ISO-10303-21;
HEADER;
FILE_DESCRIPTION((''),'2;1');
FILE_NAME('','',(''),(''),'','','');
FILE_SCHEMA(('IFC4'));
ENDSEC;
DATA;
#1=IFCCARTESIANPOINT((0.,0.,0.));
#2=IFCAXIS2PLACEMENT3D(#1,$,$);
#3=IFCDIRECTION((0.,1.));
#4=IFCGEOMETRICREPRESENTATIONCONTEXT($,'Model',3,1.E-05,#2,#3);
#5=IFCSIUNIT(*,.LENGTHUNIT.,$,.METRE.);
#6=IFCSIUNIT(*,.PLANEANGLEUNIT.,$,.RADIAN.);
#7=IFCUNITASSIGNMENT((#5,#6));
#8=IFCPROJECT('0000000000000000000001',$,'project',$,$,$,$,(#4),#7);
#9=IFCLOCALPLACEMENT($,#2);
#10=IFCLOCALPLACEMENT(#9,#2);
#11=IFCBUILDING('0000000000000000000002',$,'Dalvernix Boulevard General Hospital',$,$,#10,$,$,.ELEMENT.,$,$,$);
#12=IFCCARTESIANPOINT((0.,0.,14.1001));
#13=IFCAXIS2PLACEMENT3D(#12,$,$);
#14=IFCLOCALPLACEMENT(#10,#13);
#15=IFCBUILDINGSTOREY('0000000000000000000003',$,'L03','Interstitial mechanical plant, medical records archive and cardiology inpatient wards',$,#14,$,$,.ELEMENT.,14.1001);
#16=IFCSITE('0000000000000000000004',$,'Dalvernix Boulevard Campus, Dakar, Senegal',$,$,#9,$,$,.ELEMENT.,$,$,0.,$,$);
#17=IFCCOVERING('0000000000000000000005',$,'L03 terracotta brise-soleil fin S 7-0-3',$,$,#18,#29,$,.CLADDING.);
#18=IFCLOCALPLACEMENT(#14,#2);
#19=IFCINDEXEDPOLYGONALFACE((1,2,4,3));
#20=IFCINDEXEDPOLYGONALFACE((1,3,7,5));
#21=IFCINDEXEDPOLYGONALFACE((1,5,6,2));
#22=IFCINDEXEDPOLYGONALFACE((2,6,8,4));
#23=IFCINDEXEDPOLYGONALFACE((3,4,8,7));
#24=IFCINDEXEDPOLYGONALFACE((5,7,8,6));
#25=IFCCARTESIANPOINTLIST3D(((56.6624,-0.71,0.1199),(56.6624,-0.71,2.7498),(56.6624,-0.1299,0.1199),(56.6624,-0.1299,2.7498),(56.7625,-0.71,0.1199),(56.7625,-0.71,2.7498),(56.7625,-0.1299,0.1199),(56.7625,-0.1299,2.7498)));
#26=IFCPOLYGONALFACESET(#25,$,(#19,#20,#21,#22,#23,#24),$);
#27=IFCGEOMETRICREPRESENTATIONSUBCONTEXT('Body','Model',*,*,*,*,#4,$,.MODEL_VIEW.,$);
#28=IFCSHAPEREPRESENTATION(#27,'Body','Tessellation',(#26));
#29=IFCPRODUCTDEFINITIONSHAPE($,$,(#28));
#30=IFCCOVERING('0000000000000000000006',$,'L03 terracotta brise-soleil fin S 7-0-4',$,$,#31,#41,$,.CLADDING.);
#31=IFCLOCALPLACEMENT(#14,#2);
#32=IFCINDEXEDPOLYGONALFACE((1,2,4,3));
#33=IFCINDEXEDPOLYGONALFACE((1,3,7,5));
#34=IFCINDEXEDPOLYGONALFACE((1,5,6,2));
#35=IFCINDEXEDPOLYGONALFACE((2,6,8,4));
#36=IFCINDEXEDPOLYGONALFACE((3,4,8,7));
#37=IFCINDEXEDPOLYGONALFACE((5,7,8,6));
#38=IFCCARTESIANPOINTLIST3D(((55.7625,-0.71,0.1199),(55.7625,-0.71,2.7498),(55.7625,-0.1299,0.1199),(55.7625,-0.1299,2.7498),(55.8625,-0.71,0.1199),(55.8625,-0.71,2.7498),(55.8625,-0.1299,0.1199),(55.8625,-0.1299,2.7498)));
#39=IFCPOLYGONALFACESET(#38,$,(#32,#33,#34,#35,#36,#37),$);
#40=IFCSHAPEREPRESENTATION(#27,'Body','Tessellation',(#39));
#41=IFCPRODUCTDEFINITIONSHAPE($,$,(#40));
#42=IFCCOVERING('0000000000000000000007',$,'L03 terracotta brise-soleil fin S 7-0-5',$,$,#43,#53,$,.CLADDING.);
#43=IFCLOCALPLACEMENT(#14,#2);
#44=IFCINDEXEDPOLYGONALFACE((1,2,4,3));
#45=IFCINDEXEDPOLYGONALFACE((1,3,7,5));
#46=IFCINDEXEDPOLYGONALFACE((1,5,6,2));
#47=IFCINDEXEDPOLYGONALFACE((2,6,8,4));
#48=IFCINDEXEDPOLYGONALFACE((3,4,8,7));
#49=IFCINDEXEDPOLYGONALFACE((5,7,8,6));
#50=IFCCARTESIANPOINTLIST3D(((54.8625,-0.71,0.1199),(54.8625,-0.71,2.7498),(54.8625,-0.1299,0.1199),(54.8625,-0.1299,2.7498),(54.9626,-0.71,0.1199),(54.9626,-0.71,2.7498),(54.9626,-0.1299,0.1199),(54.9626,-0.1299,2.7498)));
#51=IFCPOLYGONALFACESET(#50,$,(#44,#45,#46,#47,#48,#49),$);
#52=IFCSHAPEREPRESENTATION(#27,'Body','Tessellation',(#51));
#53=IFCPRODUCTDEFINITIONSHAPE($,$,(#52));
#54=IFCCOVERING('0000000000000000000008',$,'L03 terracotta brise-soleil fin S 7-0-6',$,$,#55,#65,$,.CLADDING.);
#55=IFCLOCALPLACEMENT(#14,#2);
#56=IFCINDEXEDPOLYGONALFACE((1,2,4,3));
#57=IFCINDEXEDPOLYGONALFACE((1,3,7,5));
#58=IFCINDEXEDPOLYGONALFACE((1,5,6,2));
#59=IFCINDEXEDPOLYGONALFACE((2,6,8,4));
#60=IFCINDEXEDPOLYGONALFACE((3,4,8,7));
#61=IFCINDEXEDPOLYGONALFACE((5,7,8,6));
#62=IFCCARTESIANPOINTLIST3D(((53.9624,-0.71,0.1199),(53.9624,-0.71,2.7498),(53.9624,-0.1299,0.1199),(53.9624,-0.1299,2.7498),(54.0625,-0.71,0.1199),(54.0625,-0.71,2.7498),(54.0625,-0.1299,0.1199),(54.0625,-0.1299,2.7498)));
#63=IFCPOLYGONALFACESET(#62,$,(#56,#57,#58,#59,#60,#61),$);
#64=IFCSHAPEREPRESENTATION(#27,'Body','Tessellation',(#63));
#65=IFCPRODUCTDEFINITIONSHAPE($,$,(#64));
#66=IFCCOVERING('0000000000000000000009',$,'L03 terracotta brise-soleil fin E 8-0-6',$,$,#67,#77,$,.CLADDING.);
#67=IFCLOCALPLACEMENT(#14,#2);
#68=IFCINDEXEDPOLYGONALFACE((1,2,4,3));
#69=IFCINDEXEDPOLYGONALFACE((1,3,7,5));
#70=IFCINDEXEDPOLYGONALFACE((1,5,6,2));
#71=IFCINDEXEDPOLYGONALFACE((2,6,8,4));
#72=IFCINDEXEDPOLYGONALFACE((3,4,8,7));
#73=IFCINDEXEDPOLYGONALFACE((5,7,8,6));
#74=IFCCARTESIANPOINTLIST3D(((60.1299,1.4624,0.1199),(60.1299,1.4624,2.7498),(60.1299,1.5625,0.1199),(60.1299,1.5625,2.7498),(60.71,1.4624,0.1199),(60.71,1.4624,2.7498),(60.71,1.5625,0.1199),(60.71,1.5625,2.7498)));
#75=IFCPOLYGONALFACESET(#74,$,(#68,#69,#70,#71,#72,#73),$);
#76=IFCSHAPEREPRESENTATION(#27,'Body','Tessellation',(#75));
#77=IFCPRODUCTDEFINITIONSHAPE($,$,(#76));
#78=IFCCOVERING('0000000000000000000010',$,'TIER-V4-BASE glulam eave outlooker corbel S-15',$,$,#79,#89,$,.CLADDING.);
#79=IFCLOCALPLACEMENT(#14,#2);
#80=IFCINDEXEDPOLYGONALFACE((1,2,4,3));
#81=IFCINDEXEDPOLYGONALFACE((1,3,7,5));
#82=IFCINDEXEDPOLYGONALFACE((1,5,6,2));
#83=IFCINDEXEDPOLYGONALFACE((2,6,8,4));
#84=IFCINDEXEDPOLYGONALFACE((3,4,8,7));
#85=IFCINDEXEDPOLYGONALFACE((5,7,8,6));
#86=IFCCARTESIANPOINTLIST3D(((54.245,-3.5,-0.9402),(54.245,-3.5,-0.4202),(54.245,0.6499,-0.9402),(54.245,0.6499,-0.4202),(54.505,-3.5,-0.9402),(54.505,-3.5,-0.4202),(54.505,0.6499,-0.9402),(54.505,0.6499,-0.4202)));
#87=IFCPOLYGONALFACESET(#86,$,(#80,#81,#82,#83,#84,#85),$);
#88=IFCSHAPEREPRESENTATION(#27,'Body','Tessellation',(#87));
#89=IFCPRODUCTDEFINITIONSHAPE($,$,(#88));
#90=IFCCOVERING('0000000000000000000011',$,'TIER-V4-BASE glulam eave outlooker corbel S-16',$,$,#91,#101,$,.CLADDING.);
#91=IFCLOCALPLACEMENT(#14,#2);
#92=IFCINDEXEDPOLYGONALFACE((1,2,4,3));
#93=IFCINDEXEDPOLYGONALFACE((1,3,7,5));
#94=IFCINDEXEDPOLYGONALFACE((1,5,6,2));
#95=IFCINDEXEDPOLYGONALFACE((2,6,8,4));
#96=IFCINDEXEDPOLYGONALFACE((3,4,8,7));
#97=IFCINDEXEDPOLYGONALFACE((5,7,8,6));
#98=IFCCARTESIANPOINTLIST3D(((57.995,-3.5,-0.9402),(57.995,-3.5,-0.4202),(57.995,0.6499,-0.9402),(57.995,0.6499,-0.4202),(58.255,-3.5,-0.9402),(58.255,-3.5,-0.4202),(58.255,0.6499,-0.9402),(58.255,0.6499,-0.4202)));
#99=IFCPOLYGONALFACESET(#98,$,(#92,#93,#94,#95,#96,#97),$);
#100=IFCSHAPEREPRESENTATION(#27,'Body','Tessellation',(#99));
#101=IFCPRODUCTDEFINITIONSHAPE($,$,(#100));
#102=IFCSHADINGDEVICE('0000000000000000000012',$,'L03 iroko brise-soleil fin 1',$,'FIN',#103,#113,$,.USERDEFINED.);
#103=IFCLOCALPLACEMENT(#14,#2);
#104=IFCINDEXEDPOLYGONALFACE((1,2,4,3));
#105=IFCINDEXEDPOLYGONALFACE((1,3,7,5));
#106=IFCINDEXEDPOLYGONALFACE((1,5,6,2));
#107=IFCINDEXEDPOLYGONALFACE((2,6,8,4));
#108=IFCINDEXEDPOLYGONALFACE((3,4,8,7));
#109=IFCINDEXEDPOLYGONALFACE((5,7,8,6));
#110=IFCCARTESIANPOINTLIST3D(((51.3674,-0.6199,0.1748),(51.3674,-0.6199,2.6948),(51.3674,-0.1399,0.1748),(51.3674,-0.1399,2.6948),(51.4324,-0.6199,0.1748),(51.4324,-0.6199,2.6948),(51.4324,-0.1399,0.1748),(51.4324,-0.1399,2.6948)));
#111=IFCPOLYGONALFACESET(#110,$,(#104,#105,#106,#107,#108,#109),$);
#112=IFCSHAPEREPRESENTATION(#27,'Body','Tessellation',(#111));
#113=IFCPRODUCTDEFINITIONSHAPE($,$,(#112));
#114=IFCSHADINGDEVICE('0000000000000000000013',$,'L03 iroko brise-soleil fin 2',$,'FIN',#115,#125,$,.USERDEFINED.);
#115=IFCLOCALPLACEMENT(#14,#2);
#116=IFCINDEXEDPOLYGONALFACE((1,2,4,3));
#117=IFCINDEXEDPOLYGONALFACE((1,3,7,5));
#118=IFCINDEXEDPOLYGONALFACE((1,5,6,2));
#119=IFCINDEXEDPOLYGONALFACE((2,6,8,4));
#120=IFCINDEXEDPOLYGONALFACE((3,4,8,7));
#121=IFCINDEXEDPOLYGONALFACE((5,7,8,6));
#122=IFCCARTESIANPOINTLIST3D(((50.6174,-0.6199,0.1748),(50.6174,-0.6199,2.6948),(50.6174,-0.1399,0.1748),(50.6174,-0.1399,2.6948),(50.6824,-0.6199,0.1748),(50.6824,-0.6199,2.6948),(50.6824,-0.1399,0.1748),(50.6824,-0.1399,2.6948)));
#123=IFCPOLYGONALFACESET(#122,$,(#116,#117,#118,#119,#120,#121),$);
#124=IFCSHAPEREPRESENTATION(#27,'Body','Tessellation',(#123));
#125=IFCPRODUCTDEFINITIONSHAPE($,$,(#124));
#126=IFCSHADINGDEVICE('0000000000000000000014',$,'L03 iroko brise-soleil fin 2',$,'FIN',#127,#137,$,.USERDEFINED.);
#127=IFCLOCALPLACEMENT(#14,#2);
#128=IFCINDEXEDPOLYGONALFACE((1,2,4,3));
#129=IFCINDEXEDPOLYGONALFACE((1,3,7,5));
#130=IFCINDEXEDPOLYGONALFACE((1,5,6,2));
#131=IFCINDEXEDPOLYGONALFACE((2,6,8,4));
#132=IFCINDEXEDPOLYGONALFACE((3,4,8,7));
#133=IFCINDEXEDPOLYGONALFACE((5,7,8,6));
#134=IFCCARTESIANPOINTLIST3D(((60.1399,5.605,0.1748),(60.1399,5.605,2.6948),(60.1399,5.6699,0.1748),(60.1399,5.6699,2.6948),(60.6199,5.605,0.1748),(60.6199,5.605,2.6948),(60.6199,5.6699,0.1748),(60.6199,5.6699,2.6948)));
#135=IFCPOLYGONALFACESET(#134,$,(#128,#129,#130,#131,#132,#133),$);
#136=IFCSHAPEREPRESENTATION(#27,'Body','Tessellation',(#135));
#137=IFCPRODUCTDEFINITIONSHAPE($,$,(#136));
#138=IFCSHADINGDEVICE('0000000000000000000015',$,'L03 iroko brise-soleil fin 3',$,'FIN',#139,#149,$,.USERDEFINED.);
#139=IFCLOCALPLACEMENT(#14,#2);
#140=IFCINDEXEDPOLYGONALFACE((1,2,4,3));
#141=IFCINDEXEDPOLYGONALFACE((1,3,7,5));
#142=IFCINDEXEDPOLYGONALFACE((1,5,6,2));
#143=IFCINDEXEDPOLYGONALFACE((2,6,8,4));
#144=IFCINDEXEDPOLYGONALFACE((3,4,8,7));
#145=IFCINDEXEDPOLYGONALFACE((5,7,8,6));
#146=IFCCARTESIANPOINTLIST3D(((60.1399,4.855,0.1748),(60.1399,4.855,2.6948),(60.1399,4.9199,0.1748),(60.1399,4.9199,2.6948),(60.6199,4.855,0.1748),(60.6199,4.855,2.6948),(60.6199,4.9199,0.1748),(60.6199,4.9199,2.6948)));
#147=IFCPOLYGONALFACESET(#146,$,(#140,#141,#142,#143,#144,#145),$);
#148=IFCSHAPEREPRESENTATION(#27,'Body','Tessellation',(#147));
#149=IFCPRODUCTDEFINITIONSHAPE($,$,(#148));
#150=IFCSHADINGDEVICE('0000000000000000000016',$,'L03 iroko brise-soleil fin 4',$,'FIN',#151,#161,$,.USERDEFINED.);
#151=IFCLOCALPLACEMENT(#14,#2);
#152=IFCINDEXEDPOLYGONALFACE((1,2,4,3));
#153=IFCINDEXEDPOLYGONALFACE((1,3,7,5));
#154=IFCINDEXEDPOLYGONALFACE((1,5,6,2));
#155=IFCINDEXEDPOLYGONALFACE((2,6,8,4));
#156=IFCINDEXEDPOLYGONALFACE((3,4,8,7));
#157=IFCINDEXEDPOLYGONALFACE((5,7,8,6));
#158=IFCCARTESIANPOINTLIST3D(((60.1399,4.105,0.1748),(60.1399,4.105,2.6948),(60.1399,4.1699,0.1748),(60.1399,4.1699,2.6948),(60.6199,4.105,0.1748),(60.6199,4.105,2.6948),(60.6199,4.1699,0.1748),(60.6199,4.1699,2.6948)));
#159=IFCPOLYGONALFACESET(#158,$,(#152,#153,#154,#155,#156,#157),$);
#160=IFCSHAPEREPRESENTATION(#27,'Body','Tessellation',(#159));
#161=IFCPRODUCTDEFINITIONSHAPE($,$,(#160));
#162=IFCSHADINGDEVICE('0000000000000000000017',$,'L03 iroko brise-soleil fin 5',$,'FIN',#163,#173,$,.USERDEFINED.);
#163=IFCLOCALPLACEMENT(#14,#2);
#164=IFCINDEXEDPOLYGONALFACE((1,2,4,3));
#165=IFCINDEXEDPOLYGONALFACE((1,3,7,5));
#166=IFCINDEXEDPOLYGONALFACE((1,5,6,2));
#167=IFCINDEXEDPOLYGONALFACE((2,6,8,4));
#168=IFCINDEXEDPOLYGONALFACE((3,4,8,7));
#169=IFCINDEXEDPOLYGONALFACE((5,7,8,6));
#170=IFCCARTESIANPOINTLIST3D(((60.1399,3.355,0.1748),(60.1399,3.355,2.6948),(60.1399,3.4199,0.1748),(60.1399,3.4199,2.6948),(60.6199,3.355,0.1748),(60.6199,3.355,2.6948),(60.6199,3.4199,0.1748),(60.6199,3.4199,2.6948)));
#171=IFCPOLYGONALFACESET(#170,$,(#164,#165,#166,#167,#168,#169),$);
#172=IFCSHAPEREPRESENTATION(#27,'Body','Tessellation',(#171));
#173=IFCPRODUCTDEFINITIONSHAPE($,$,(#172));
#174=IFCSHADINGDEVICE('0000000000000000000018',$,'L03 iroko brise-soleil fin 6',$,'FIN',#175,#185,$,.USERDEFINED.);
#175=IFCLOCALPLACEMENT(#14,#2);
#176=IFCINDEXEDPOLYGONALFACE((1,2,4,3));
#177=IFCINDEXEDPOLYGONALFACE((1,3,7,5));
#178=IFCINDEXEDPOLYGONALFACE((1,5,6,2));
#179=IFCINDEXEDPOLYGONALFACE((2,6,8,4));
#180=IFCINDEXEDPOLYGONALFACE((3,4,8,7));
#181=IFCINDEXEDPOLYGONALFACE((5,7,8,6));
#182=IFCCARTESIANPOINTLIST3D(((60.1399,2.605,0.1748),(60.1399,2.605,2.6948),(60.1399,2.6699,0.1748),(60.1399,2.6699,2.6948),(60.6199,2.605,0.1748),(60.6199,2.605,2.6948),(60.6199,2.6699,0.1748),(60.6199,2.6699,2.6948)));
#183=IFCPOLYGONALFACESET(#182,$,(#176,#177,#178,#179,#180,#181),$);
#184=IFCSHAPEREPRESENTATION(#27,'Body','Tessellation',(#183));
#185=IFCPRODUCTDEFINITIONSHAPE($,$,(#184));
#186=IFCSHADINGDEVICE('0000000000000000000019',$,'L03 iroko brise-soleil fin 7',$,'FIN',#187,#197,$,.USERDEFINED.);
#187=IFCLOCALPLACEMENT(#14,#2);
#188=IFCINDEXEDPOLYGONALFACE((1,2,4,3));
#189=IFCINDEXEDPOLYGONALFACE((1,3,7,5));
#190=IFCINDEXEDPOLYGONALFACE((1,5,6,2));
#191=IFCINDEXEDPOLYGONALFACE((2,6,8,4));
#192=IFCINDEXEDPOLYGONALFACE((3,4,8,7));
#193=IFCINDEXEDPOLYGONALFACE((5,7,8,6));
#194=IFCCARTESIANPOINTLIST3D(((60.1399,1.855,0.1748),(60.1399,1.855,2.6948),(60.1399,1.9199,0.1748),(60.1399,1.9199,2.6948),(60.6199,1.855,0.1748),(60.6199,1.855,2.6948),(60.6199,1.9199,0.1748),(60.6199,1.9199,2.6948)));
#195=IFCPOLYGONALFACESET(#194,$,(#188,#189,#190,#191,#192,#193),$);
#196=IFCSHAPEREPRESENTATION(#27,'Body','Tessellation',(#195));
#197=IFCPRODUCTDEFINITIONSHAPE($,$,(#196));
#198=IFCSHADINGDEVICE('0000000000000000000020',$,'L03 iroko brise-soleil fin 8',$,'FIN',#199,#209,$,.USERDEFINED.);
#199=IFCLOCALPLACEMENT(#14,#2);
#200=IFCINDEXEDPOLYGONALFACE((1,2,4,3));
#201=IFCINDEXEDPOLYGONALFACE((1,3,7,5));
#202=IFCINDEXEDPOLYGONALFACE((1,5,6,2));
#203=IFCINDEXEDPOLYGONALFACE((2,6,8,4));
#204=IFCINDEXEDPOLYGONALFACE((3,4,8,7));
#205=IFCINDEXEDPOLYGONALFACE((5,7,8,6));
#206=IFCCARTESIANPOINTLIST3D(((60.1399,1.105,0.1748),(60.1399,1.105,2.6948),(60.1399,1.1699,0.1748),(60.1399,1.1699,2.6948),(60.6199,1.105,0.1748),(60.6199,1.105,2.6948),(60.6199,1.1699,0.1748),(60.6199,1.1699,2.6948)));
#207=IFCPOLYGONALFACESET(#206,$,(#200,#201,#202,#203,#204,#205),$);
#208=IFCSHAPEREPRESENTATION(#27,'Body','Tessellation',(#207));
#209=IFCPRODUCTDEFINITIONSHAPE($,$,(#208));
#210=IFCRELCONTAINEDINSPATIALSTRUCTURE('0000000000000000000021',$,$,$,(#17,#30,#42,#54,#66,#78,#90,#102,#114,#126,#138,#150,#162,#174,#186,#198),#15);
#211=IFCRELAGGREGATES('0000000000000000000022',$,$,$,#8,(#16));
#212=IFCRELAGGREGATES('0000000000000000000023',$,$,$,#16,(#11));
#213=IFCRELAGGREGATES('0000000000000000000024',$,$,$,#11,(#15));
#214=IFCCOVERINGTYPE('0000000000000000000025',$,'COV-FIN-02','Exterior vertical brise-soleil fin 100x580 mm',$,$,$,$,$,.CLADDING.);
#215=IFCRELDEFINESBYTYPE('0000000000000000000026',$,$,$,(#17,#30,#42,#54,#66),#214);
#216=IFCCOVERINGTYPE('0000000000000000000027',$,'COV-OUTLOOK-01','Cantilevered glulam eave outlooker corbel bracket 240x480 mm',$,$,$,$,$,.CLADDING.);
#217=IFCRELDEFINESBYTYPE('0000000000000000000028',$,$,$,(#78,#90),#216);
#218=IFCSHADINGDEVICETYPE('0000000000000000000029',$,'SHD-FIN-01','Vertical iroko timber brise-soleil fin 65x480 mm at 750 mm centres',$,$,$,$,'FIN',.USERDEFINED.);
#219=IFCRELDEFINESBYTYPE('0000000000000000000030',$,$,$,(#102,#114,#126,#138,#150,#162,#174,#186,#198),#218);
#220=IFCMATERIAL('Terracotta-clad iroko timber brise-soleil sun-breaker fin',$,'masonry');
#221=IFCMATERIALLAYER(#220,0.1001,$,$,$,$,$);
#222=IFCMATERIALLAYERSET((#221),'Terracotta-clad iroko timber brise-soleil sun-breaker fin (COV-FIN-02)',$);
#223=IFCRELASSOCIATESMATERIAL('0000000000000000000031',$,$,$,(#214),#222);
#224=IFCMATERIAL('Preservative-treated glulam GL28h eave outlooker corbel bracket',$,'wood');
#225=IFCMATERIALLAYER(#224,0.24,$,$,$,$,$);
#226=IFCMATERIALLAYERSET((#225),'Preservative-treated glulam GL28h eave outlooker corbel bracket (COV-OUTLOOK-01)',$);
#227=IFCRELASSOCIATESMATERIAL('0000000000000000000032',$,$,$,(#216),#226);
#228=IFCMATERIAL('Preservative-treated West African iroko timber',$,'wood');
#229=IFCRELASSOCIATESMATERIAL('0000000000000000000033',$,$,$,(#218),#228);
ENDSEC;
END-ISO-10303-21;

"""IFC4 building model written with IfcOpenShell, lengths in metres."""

from ifc_helpers import new_model, si_unit, direction, frame, origin, origin_2d, place, context, subcontext, project, spatial, rectangle, extrude, material, layer, layer_set, type_object, element, save


model = new_model("IFC4")

# Units and contexts
model_context = context("Model", 3, precision=1e-05, world=origin(), true_north=direction((0.0, 1.0)))
body_context = subcontext(model_context, "Body", "Model", "MODEL_VIEW")
ifc_project = project(units=[si_unit("LENGTHUNIT", "METRE"), si_unit("PLANEANGLEUNIT", "RADIAN")], contexts=[model_context])

# Site, building, storey
site_placement = place(None, origin())
site = spatial("IfcSite", under=ifc_project, at=site_placement, Name="Dalvernix Boulevard Campus, Dakar, Senegal", CompositionType="ELEMENT", RefElevation=0.0)
building_placement = place(site_placement, origin())
building = spatial("IfcBuilding", under=site, at=building_placement, Name="Dalvernix Boulevard General Hospital", CompositionType="ELEMENT")
storey_placement = place(building_placement, frame((0.0, 0.0, 14.1001)))
storey = spatial("IfcBuildingStorey", under=building, at=storey_placement, Name="L03", Description="Interstitial mechanical plant, medical records archive and cardiology inpatient wards", CompositionType="ELEMENT", Elevation=14.1001)

# Coverings
ifc_material_1 = material(Name="Terracotta-clad iroko timber brise-soleil sun-breaker fin", Category="masonry")
ifc_layer_1 = layer(ifc_material_1, 0.1001)
ifc_layer_set_1 = layer_set([ifc_layer_1], Name="Terracotta-clad iroko timber brise-soleil sun-breaker fin (COV-FIN-02)")
covering_type_1 = type_object("IfcCoveringType", Name="COV-FIN-02", Description="Exterior vertical brise-soleil fin 100x580 mm", PredefinedType="CLADDING", material=ifc_layer_set_1)
for number, where, z_axis, x_axis, name in (
    (1, (56.7124, -0.4199, 0.1199), (0.0, 0.0, 1.0), (-1.0, 0.0, 0.0), "L03 terracotta brise-soleil fin S 7-0-3"),
    (2, (55.8125, -0.4199, 0.1199), (0.0, 0.0, 1.0), (-1.0, 0.0, 0.0), "L03 terracotta brise-soleil fin S 7-0-4"),
    (3, (54.9126, -0.4199, 0.1199), (0.0, 0.0, 1.0), (-1.0, 0.0, 0.0), "L03 terracotta brise-soleil fin S 7-0-5"),
    (4, (54.0125, -0.4199, 0.1199), (0.0, 0.0, 1.0), (-1.0, 0.0, 0.0), "L03 terracotta brise-soleil fin S 7-0-6"),
    (5, (60.4199, 1.5125, 0.1199), (0.0, 0.0, 1.0), (0.0, -1.0, 0.0), "L03 terracotta brise-soleil fin E 8-0-6"),
):
    element("IfcCovering", number, at=place(storey_placement, frame(where, z_axis=z_axis, x_axis=x_axis)), inside=storey, type_object=covering_type_1, Name=name, PredefinedType="CLADDING", context=body_context, shape_type="SweptSolid", body=[
        extrude(rectangle(XDim=0.1001, YDim=0.5801, at=origin_2d()), origin(), (0.0, 0.0, 1.0), 2.6299),
    ])
ifc_material_2 = material(Name="Preservative-treated glulam GL28h eave outlooker corbel bracket", Category="wood")
ifc_layer_2 = layer(ifc_material_2, 0.24)
ifc_layer_set_2 = layer_set([ifc_layer_2], Name="Preservative-treated glulam GL28h eave outlooker corbel bracket (COV-OUTLOOK-01)")
covering_type_2 = type_object("IfcCoveringType", Name="COV-OUTLOOK-01", Description="Cantilevered glulam eave outlooker corbel bracket 240x480 mm", PredefinedType="CLADDING", material=ifc_layer_set_2)
for number, where, z_axis, x_axis, name in (
    (6, (54.375, -1.425, -0.9402), (0.0, 0.0, 1.0), (1.0, 0.0, 0.0), "TIER-V4-BASE glulam eave outlooker corbel S-15"),
    (7, (58.125, -1.425, -0.9402), (0.0, 0.0, 1.0), (1.0, 0.0, 0.0), "TIER-V4-BASE glulam eave outlooker corbel S-16"),
):
    element("IfcCovering", number, at=place(storey_placement, frame(where, z_axis=z_axis, x_axis=x_axis)), inside=storey, type_object=covering_type_2, Name=name, PredefinedType="CLADDING", context=body_context, shape_type="SweptSolid", body=[
        extrude(rectangle(XDim=0.26, YDim=4.1499, at=origin_2d()), origin(), (0.0, 0.0, 1.0), 0.52),
    ])

# Shading devices
ifc_material_3 = material(Name="Preservative-treated West African iroko timber", Category="wood")
shading_device_type = type_object("IfcShadingDeviceType", Name="SHD-FIN-01", Description="Vertical iroko timber brise-soleil fin 65x480 mm at 750 mm centres", ElementType="FIN", PredefinedType="USERDEFINED", material=ifc_material_3)
for number, where, z_axis, x_axis, name in (
    (8, (51.3999, -0.3799, 0.1748), (0.0, 0.0, 1.0), (-1.0, 0.0, 0.0), "L03 iroko brise-soleil fin 1"),
    (9, (50.6499, -0.3799, 0.1748), (0.0, 0.0, 1.0), (-1.0, 0.0, 0.0), "L03 iroko brise-soleil fin 2"),
    (10, (60.3799, 5.6375, 0.1748), (0.0, 0.0, 1.0), (0.0, -1.0, 0.0), "L03 iroko brise-soleil fin 2"),
    (11, (60.3799, 4.8875, 0.1748), (0.0, 0.0, 1.0), (0.0, -1.0, 0.0), "L03 iroko brise-soleil fin 3"),
    (12, (60.3799, 4.1375, 0.1748), (0.0, 0.0, 1.0), (0.0, -1.0, 0.0), "L03 iroko brise-soleil fin 4"),
    (13, (60.3799, 3.3875, 0.1748), (0.0, 0.0, 1.0), (0.0, -1.0, 0.0), "L03 iroko brise-soleil fin 5"),
    (14, (60.3799, 2.6375, 0.1748), (0.0, 0.0, 1.0), (0.0, -1.0, 0.0), "L03 iroko brise-soleil fin 6"),
    (15, (60.3799, 1.8875, 0.1748), (0.0, 0.0, 1.0), (0.0, -1.0, 0.0), "L03 iroko brise-soleil fin 7"),
    (16, (60.3799, 1.1375, 0.1748), (0.0, 0.0, 1.0), (0.0, -1.0, 0.0), "L03 iroko brise-soleil fin 8"),
):
    element("IfcShadingDevice", number, at=place(storey_placement, frame(where, z_axis=z_axis, x_axis=x_axis)), inside=storey, type_object=shading_device_type, Name=name, ObjectType="FIN", PredefinedType="USERDEFINED", context=body_context, shape_type="SweptSolid", body=[
        extrude(rectangle(XDim=0.0649, YDim=0.48, at=origin_2d()), origin(), (0.0, 0.0, 1.0), 2.52),
    ])

save(model, "model.ifc")
